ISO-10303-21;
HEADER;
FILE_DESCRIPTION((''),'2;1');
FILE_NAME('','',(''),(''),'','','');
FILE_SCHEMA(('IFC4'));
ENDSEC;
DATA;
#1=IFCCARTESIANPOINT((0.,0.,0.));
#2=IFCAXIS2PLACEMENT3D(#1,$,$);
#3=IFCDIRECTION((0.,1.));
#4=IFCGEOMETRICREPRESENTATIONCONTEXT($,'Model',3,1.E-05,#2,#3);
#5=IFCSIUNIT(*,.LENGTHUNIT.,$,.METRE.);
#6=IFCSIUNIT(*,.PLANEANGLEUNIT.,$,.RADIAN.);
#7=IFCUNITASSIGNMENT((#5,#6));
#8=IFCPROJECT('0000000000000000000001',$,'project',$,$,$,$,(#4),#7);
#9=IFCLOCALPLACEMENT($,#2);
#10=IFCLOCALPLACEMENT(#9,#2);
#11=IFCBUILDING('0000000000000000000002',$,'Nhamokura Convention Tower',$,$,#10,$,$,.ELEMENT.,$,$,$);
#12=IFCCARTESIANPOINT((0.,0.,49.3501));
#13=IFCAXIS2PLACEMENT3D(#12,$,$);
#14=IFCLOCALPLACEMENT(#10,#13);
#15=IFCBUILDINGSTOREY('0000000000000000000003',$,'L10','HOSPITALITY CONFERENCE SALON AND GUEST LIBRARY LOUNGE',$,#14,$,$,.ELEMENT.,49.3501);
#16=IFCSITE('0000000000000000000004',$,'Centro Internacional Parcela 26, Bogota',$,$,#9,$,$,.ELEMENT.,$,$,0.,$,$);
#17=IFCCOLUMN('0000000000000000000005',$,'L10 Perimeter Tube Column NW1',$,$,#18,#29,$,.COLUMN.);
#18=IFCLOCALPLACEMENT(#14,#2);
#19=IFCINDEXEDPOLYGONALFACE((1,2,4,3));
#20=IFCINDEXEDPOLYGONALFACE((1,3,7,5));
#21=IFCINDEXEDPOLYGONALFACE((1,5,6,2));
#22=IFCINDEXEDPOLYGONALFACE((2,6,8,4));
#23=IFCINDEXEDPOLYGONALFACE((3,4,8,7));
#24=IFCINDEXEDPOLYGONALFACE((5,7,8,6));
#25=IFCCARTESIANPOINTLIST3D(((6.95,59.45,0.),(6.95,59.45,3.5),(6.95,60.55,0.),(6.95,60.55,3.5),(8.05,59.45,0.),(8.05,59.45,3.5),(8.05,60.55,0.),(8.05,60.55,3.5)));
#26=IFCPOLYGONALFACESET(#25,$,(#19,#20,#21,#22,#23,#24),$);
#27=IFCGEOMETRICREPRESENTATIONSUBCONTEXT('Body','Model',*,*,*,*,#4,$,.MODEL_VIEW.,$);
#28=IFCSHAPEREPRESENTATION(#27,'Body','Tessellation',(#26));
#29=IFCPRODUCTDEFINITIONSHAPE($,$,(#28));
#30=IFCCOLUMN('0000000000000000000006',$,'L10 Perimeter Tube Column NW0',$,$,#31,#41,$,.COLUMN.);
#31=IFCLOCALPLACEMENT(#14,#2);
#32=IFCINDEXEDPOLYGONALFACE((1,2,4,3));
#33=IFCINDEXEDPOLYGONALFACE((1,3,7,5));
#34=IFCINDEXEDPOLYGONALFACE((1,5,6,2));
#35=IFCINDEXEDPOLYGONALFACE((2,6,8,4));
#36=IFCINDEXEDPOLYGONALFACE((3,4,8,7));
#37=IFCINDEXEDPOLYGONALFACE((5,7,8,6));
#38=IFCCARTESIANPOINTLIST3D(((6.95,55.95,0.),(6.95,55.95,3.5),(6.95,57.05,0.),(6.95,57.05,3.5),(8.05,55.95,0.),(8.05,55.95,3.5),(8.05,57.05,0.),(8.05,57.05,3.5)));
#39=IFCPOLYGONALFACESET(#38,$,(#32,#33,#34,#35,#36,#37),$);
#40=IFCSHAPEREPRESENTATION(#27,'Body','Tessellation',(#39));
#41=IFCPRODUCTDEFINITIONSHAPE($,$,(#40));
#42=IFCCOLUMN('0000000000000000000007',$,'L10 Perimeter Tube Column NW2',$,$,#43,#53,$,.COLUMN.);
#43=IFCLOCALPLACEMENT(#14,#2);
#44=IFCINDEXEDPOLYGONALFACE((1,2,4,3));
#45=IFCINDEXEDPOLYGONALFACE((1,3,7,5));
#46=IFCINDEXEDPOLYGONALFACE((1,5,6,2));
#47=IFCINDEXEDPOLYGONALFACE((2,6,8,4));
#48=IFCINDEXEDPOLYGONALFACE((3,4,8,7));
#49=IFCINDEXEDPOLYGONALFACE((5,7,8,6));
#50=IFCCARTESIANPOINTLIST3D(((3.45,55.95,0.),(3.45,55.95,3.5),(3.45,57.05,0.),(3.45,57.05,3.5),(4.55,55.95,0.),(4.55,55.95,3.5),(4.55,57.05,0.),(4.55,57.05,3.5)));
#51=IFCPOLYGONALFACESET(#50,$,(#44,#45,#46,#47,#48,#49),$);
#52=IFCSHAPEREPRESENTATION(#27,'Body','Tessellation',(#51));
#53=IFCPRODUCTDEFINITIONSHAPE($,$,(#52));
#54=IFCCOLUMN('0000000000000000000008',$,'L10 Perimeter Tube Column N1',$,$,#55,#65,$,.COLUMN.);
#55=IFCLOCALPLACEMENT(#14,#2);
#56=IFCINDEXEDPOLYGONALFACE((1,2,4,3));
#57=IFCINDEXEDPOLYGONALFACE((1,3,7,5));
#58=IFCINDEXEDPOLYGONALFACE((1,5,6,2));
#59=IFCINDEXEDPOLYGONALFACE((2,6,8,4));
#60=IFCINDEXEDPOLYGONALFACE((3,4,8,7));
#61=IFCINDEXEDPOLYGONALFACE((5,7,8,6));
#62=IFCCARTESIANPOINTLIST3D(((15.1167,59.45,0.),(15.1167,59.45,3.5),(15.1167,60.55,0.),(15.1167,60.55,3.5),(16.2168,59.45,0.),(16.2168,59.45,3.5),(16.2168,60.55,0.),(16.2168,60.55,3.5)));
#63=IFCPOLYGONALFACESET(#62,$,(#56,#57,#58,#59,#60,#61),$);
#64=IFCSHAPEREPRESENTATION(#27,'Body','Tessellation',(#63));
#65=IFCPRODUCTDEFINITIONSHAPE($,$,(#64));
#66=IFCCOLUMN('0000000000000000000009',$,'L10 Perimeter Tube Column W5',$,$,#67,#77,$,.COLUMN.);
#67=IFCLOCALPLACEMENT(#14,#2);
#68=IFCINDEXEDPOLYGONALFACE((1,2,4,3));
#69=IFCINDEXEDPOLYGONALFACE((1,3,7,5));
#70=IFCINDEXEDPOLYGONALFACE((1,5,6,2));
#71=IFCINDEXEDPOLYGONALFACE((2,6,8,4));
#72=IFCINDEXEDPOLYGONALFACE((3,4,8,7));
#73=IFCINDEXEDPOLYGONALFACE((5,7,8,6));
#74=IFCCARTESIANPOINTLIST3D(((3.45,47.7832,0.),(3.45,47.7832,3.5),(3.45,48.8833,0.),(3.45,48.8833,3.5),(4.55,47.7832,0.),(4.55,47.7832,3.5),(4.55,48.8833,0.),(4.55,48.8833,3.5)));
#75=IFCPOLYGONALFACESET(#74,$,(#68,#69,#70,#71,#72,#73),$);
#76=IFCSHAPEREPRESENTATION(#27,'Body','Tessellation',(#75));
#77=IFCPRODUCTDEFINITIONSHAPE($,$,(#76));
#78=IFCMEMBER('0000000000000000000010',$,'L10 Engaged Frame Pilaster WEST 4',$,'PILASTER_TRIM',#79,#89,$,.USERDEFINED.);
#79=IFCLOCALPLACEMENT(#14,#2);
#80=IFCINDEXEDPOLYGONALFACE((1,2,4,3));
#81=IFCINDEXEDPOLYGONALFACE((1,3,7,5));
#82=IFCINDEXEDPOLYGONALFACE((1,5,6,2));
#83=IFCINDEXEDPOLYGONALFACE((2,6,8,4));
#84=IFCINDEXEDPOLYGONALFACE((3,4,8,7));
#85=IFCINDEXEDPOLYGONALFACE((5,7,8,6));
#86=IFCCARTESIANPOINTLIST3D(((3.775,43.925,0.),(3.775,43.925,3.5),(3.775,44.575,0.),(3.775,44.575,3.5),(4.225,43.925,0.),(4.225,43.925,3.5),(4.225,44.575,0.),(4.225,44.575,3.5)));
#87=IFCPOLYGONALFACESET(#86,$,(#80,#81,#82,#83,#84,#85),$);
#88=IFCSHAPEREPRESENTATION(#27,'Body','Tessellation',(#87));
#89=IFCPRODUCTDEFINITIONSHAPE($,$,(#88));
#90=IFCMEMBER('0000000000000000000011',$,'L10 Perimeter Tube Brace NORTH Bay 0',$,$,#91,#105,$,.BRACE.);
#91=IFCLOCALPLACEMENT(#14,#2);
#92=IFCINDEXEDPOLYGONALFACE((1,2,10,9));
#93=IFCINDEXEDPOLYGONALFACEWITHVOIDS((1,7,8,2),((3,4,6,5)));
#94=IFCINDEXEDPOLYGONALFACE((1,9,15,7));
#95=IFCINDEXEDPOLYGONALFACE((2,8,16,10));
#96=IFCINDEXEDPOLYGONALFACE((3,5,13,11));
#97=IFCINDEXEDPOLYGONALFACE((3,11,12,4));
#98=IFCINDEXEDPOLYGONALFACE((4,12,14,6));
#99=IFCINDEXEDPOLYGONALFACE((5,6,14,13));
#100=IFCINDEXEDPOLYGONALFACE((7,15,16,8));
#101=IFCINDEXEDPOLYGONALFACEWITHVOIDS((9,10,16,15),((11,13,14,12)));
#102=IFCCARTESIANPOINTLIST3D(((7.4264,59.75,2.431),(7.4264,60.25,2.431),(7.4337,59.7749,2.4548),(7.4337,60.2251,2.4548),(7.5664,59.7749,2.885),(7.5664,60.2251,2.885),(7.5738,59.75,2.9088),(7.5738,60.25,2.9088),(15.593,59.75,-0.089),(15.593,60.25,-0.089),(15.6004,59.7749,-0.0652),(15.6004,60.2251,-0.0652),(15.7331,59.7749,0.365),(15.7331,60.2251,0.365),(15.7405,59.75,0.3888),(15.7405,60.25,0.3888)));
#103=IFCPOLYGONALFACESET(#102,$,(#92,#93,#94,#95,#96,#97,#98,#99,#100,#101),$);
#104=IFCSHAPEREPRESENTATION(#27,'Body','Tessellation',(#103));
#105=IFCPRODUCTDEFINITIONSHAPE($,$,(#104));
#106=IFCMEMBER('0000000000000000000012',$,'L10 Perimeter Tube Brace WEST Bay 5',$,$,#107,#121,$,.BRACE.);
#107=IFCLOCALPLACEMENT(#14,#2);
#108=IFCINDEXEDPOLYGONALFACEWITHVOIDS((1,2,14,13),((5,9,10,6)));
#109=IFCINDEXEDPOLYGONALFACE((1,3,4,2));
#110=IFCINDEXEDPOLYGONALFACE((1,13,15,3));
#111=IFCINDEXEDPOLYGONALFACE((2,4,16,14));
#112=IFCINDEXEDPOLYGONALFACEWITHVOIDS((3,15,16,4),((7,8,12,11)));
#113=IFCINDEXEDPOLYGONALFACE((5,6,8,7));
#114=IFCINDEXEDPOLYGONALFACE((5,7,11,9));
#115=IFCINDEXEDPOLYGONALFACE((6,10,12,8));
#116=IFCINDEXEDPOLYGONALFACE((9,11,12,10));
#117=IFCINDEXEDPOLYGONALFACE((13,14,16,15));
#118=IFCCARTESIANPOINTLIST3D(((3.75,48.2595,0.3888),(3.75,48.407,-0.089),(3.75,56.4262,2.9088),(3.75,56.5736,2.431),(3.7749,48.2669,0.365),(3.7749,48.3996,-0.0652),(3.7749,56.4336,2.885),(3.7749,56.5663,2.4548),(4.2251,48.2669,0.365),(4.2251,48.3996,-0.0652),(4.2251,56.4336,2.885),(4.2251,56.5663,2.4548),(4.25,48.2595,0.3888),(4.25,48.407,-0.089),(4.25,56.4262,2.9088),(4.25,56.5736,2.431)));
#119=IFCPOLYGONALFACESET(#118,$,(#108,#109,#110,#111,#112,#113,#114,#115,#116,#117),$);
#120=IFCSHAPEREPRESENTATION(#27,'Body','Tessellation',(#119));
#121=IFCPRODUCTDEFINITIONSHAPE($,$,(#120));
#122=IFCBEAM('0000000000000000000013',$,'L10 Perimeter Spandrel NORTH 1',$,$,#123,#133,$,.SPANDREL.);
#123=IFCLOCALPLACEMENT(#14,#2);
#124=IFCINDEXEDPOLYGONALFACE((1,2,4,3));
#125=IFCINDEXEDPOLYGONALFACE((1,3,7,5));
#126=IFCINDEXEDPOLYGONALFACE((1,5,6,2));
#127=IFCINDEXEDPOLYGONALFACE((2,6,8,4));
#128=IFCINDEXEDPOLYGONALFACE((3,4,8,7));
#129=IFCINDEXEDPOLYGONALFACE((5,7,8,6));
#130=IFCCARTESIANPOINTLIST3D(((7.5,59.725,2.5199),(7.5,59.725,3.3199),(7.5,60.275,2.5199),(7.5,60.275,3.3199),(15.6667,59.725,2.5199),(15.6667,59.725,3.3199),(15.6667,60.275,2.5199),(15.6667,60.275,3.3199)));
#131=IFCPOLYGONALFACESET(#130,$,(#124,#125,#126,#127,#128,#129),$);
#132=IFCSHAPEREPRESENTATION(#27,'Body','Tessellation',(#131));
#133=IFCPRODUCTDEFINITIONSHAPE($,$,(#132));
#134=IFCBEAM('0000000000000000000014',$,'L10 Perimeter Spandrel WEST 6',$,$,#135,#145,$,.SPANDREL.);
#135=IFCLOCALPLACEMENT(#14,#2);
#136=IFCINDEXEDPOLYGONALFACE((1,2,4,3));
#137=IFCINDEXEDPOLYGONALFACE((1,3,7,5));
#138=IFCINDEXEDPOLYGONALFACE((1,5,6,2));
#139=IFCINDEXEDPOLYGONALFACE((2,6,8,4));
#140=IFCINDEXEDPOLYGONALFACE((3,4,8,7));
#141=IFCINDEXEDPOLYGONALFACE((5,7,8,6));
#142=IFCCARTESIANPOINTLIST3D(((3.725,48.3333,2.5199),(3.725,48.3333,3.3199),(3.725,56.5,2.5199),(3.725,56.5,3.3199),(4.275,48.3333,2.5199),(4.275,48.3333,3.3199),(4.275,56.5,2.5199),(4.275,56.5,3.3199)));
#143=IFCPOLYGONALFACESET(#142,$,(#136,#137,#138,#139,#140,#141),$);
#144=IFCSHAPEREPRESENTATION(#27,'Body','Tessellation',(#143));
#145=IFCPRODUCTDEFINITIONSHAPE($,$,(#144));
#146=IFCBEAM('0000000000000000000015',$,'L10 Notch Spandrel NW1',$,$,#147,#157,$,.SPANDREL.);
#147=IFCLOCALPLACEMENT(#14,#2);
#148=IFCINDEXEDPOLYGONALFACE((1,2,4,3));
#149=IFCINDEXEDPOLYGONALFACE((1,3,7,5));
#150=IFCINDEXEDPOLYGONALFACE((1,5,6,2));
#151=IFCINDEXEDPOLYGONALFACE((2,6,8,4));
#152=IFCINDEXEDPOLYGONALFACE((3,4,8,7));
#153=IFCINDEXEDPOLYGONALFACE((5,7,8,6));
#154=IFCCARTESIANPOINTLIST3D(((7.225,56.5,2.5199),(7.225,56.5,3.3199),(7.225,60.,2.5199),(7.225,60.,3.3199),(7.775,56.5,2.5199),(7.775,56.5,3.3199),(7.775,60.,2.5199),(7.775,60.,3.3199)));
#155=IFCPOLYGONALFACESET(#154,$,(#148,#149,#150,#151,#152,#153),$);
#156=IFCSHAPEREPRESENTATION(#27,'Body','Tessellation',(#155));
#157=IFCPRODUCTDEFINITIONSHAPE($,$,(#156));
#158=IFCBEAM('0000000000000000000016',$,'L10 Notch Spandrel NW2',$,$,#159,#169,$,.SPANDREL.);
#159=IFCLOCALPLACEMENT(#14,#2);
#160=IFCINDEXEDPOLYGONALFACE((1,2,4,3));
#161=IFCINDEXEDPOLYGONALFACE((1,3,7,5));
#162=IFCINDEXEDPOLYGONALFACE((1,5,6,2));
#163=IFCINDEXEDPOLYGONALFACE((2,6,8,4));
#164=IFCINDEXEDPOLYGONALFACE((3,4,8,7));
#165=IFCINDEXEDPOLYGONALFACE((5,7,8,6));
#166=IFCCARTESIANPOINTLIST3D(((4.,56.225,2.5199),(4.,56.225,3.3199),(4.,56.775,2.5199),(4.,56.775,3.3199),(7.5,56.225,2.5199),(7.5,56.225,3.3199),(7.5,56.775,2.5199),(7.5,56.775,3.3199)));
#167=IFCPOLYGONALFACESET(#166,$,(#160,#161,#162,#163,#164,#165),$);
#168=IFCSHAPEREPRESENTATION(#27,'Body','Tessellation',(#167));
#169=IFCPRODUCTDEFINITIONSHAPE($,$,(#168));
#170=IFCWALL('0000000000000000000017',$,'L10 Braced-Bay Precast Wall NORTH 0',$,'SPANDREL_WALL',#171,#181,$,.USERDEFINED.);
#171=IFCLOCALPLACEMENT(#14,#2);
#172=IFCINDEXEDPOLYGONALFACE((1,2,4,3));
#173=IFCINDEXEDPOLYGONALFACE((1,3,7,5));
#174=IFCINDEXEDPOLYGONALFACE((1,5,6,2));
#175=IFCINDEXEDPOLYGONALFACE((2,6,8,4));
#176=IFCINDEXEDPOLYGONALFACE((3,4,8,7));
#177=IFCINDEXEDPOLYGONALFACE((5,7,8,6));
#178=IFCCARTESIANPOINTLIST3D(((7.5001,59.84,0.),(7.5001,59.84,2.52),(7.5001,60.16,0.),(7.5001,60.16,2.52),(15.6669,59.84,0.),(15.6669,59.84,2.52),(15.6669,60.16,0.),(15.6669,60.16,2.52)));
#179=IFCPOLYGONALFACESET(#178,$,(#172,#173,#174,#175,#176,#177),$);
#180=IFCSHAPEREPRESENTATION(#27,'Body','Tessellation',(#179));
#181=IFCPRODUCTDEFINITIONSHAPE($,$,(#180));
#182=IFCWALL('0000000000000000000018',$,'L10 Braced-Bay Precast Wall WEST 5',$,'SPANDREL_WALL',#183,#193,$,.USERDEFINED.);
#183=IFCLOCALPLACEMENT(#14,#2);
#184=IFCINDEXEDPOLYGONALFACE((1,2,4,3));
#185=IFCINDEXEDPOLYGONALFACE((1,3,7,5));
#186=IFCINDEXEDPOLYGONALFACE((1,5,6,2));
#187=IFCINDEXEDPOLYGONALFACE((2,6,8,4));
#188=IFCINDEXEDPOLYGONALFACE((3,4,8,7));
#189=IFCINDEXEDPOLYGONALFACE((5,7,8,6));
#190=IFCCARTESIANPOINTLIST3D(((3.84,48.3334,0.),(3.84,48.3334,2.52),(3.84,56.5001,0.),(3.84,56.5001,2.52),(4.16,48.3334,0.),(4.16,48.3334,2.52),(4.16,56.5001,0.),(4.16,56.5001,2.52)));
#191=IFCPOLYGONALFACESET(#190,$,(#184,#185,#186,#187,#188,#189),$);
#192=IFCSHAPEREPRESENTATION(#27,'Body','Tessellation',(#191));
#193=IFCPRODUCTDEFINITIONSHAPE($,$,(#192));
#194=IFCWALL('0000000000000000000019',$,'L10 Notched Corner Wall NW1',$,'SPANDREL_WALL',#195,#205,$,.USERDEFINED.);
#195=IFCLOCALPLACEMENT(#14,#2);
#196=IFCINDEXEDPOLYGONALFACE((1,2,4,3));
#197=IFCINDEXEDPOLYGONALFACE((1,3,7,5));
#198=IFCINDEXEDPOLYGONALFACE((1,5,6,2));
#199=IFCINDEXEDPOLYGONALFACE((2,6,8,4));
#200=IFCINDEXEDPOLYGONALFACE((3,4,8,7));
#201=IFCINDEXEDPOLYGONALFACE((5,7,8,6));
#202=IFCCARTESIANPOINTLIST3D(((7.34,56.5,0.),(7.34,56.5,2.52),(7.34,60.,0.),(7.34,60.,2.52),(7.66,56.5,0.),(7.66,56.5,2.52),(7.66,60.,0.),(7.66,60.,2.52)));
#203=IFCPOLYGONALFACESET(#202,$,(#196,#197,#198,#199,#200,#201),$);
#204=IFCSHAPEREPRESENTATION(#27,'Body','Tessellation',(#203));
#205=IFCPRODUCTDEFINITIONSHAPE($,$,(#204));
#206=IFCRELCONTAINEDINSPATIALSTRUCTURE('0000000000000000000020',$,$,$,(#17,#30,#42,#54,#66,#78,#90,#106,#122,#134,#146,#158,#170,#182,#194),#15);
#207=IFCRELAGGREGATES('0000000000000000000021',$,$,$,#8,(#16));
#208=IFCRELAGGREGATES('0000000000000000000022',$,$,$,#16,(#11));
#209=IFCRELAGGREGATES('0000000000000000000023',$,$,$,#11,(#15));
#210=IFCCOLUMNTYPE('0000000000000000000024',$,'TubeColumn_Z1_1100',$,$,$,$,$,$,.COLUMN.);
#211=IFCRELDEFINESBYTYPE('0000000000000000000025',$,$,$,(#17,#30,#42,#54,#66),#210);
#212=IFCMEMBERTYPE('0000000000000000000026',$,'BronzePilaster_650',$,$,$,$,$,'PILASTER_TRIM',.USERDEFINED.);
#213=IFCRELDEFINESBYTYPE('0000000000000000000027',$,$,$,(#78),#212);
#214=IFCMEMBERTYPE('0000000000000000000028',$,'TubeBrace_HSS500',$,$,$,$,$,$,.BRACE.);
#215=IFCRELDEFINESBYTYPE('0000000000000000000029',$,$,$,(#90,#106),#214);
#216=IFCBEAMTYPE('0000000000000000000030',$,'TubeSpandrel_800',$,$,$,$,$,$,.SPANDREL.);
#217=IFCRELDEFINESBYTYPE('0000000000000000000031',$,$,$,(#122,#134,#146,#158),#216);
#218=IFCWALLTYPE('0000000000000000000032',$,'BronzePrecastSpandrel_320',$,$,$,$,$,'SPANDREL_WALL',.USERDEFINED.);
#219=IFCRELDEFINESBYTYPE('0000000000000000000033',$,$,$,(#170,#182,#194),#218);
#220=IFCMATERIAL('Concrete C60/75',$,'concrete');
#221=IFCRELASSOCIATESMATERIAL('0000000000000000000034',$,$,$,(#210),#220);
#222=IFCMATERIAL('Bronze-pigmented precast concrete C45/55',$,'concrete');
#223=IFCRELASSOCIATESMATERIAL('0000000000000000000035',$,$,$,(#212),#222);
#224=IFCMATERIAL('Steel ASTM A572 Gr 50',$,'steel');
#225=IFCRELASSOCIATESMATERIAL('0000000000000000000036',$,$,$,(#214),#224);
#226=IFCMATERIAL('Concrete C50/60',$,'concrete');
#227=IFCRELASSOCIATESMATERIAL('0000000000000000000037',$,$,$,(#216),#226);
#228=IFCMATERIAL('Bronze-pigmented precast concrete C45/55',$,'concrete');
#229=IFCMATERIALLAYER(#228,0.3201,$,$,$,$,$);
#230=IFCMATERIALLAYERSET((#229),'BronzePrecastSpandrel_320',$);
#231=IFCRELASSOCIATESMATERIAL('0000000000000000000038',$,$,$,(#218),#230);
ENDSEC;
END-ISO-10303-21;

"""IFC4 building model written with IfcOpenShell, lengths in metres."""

from ifc_helpers import new_model, si_unit, direction, frame, frame_2d, origin, origin_2d, place, context, subcontext, project, spatial, rectangle, hollow_rectangle, extrude, material, layer, layer_set, material_profile, profile_set, type_object, element, save


model = new_model("IFC4")

# Units and contexts
model_context = context("Model", 3, precision=1e-05, world=origin(), true_north=direction((0.0, 1.0)))
body_context = subcontext(model_context, "Body", "Model", "MODEL_VIEW")
ifc_project = project(units=[si_unit("LENGTHUNIT", "METRE"), si_unit("PLANEANGLEUNIT", "RADIAN")], contexts=[model_context])

# Site, building, storey
site_placement = place(None, origin())
site = spatial("IfcSite", under=ifc_project, at=site_placement, Name="Centro Internacional Parcela 26, Bogota", CompositionType="ELEMENT", RefElevation=0.0)
building_placement = place(site_placement, origin())
building = spatial("IfcBuilding", under=site, at=building_placement, Name="Nhamokura Convention Tower", CompositionType="ELEMENT")
storey_placement = place(building_placement, frame((0.0, 0.0, 49.3501)))
storey = spatial("IfcBuildingStorey", under=building, at=storey_placement, Name="L10", Description="HOSPITALITY CONFERENCE SALON AND GUEST LIBRARY LOUNGE", CompositionType="ELEMENT", Elevation=49.3501)

# Columns
ifc_material_1 = material(Name="Concrete C60/75", Category="concrete")
ifc_material_profile_1 = material_profile(ifc_material_1, rectangle(XDim=1.1001, YDim=1.1001, at=origin_2d()))
ifc_profile_set_1 = profile_set([ifc_material_profile_1], Name="Concrete C60/75")
column_type = type_object("IfcColumnType", Name="TubeColumn_Z1_1100", PredefinedType="COLUMN", material=ifc_profile_set_1)
for number, where, z_axis, x_axis, name in (
    (1, (7.5, 60.0, 0.0), (0.0, 0.0, 1.0), (1.0, 0.0, 0.0), "L10 Perimeter Tube Column NW1"),
    (2, (7.5, 56.5, 0.0), (0.0, 0.0, 1.0), (1.0, 0.0, 0.0), "L10 Perimeter Tube Column NW0"),
    (3, (4.0, 56.5, 0.0), (0.0, 0.0, 1.0), (1.0, 0.0, 0.0), "L10 Perimeter Tube Column NW2"),
    (4, (15.6667, 60.0, 0.0), (0.0, 0.0, 1.0), (1.0, 0.0, 0.0), "L10 Perimeter Tube Column N1"),
    (5, (4.0, 48.3333, 0.0), (0.0, 0.0, 1.0), (1.0, 0.0, 0.0), "L10 Perimeter Tube Column W5"),
):
    element("IfcColumn", number, at=place(storey_placement, frame(where, z_axis=z_axis, x_axis=x_axis)), inside=storey, type_object=column_type, Name=name, PredefinedType="COLUMN", context=body_context, shape_type="SweptSolid", body=[
        extrude(rectangle(XDim=1.1001, YDim=1.1001, at=origin_2d()), origin(), (0.0, 0.0, 1.0), 3.5),
    ])

# Members
ifc_material_2 = material(Name="Bronze-pigmented precast concrete C45/55", Category="concrete")
ifc_material_profile_2 = material_profile(ifc_material_2, rectangle(XDim=0.45, YDim=0.6499, at=origin_2d()))
ifc_profile_set_2 = profile_set([ifc_material_profile_2], Name="Bronze-pigmented precast concrete C45/55")
member_type_1 = type_object("IfcMemberType", Name="BronzePilaster_650", ElementType="PILASTER_TRIM", PredefinedType="USERDEFINED", material=ifc_profile_set_2)
member_placement = place(storey_placement, frame((4.0, 44.25, 0.0), z_axis=(0.0, 0.0, 1.0), x_axis=(1.0, 0.0, 0.0)))
element("IfcMember", 6, at=member_placement, inside=storey, type_object=member_type_1, Name="L10 Engaged Frame Pilaster WEST 4", ObjectType="PILASTER_TRIM", PredefinedType="USERDEFINED", context=body_context, shape_type="SweptSolid", body=[
    extrude(rectangle(XDim=0.45, YDim=0.6499, at=origin_2d()), origin(), (0.0, 0.0, 1.0), 3.5),
])
ifc_material_3 = material(Name="Steel ASTM A572 Gr 50", Category="steel")
ifc_material_profile_3 = material_profile(ifc_material_3, hollow_rectangle(XDim=0.5, YDim=0.5, WallThickness=0.0249, at=origin_2d()))
ifc_profile_set_3 = profile_set([ifc_material_profile_3], Name="Steel ASTM A572 Gr 50")
member_type_2 = type_object("IfcMemberType", Name="TubeBrace_HSS500", PredefinedType="BRACE", material=ifc_profile_set_3)
for number, where, z_axis, x_axis, name in (
    (7, (15.6667, 60.0, 0.1499), (-0.955543, 0.0, 0.294853), (0.0, -1.0, 0.0), "L10 Perimeter Tube Brace NORTH Bay 0"),
    (8, (4.0, 48.3333, 0.1499), (0.0, 0.955543, 0.294853), (-1.0, 0.0, 0.0), "L10 Perimeter Tube Brace WEST Bay 5"),
):
    element("IfcMember", number, at=place(storey_placement, frame(where, z_axis=z_axis, x_axis=x_axis)), inside=storey, type_object=member_type_2, Name=name, PredefinedType="BRACE", context=body_context, shape_type="SweptSolid", body=[
        extrude(hollow_rectangle(XDim=0.5, YDim=0.5, WallThickness=0.0249, at=origin_2d()), origin(), (0.0, 0.0, 1.0), 8.5466),
    ])

# Beams
ifc_material_4 = material(Name="Concrete C50/60", Category="concrete")
ifc_material_profile_4 = material_profile(ifc_material_4, rectangle(XDim=0.55, YDim=0.8, at=origin_2d()))
ifc_profile_set_4 = profile_set([ifc_material_profile_4], Name="Concrete C50/60")
beam_type = type_object("IfcBeamType", Name="TubeSpandrel_800", PredefinedType="SPANDREL", material=ifc_profile_set_4)
for number, where, z_axis, x_axis, name in (
    (9, (7.5, 60.0, 2.9199), (1.0, 0.0, 0.0), (0.0, 1.0, 0.0), "L10 Perimeter Spandrel NORTH 1"),
    (10, (4.0, 48.3333, 2.9199), (0.0, 1.0, 0.0), (-1.0, 0.0, 0.0), "L10 Perimeter Spandrel WEST 6"),
):
    element("IfcBeam", number, at=place(storey_placement, frame(where, z_axis=z_axis, x_axis=x_axis)), inside=storey, type_object=beam_type, Name=name, PredefinedType="SPANDREL", context=body_context, shape_type="SweptSolid", body=[
        extrude(rectangle(XDim=0.55, YDim=0.8, at=origin_2d()), origin(), (0.0, 0.0, 1.0), 8.1667),
    ])
for number, where, z_axis, x_axis, name in (
    (11, (7.5, 60.0, 2.9199), (0.0, -1.0, 0.0), (1.0, 0.0, 0.0), "L10 Notch Spandrel NW1"),
    (12, (7.5, 56.5, 2.9199), (-1.0, 0.0, 0.0), (0.0, -1.0, 0.0), "L10 Notch Spandrel NW2"),
):
    element("IfcBeam", number, at=place(storey_placement, frame(where, z_axis=z_axis, x_axis=x_axis)), inside=storey, type_object=beam_type, Name=name, PredefinedType="SPANDREL", context=body_context, shape_type="SweptSolid", body=[
        extrude(rectangle(XDim=0.55, YDim=0.8, at=origin_2d()), origin(), (0.0, 0.0, 1.0), 3.5),
    ])

# Walls
ifc_material_5 = material(Name="Bronze-pigmented precast concrete C45/55", Category="concrete")
ifc_layer_1 = layer(ifc_material_5, 0.3201)
ifc_layer_set_1 = layer_set([ifc_layer_1], Name="BronzePrecastSpandrel_320")
wall_type_1 = type_object("IfcWallType", Name="BronzePrecastSpandrel_320", ElementType="SPANDREL_WALL", PredefinedType="USERDEFINED", material=ifc_layer_set_1)
for number, where, z_axis, x_axis, name in (
    (13, (7.5, 60.0, 0.0), (0.0, 0.0, 1.0), (1.0, 0.0, 0.0), "L10 Braced-Bay Precast Wall NORTH 0"),
    (14, (4.0, 48.3333, 0.0), (0.0, 0.0, 1.0), (0.0, 1.0, 0.0), "L10 Braced-Bay Precast Wall WEST 5"),
):
    element("IfcWall", number, at=place(storey_placement, frame(where, z_axis=z_axis, x_axis=x_axis)), inside=storey, type_object=wall_type_1, Name=name, ObjectType="SPANDREL_WALL", PredefinedType="USERDEFINED", context=body_context, shape_type="SweptSolid", body=[
        extrude(rectangle(XDim=8.1667, YDim=0.3201, at=frame_2d((4.0835, 0.0))), origin(), (0.0, 0.0, 1.0), 2.52),
    ])
for number, where, z_axis, x_axis, name in (
    (15, (7.5, 56.5, 0.0), (0.0, 0.0, 1.0), (0.0, 1.0, 0.0), "L10 Notched Corner Wall NW1"),
):
    element("IfcWall", number, at=place(storey_placement, frame(where, z_axis=z_axis, x_axis=x_axis)), inside=storey, type_object=wall_type_1, Name=name, ObjectType="SPANDREL_WALL", PredefinedType="USERDEFINED", context=body_context, shape_type="SweptSolid", body=[
        extrude(rectangle(XDim=3.5, YDim=0.3201, at=frame_2d((1.75, 0.0))), origin(), (0.0, 0.0, 1.0), 2.52),
    ])

save(model, "model.ifc")
